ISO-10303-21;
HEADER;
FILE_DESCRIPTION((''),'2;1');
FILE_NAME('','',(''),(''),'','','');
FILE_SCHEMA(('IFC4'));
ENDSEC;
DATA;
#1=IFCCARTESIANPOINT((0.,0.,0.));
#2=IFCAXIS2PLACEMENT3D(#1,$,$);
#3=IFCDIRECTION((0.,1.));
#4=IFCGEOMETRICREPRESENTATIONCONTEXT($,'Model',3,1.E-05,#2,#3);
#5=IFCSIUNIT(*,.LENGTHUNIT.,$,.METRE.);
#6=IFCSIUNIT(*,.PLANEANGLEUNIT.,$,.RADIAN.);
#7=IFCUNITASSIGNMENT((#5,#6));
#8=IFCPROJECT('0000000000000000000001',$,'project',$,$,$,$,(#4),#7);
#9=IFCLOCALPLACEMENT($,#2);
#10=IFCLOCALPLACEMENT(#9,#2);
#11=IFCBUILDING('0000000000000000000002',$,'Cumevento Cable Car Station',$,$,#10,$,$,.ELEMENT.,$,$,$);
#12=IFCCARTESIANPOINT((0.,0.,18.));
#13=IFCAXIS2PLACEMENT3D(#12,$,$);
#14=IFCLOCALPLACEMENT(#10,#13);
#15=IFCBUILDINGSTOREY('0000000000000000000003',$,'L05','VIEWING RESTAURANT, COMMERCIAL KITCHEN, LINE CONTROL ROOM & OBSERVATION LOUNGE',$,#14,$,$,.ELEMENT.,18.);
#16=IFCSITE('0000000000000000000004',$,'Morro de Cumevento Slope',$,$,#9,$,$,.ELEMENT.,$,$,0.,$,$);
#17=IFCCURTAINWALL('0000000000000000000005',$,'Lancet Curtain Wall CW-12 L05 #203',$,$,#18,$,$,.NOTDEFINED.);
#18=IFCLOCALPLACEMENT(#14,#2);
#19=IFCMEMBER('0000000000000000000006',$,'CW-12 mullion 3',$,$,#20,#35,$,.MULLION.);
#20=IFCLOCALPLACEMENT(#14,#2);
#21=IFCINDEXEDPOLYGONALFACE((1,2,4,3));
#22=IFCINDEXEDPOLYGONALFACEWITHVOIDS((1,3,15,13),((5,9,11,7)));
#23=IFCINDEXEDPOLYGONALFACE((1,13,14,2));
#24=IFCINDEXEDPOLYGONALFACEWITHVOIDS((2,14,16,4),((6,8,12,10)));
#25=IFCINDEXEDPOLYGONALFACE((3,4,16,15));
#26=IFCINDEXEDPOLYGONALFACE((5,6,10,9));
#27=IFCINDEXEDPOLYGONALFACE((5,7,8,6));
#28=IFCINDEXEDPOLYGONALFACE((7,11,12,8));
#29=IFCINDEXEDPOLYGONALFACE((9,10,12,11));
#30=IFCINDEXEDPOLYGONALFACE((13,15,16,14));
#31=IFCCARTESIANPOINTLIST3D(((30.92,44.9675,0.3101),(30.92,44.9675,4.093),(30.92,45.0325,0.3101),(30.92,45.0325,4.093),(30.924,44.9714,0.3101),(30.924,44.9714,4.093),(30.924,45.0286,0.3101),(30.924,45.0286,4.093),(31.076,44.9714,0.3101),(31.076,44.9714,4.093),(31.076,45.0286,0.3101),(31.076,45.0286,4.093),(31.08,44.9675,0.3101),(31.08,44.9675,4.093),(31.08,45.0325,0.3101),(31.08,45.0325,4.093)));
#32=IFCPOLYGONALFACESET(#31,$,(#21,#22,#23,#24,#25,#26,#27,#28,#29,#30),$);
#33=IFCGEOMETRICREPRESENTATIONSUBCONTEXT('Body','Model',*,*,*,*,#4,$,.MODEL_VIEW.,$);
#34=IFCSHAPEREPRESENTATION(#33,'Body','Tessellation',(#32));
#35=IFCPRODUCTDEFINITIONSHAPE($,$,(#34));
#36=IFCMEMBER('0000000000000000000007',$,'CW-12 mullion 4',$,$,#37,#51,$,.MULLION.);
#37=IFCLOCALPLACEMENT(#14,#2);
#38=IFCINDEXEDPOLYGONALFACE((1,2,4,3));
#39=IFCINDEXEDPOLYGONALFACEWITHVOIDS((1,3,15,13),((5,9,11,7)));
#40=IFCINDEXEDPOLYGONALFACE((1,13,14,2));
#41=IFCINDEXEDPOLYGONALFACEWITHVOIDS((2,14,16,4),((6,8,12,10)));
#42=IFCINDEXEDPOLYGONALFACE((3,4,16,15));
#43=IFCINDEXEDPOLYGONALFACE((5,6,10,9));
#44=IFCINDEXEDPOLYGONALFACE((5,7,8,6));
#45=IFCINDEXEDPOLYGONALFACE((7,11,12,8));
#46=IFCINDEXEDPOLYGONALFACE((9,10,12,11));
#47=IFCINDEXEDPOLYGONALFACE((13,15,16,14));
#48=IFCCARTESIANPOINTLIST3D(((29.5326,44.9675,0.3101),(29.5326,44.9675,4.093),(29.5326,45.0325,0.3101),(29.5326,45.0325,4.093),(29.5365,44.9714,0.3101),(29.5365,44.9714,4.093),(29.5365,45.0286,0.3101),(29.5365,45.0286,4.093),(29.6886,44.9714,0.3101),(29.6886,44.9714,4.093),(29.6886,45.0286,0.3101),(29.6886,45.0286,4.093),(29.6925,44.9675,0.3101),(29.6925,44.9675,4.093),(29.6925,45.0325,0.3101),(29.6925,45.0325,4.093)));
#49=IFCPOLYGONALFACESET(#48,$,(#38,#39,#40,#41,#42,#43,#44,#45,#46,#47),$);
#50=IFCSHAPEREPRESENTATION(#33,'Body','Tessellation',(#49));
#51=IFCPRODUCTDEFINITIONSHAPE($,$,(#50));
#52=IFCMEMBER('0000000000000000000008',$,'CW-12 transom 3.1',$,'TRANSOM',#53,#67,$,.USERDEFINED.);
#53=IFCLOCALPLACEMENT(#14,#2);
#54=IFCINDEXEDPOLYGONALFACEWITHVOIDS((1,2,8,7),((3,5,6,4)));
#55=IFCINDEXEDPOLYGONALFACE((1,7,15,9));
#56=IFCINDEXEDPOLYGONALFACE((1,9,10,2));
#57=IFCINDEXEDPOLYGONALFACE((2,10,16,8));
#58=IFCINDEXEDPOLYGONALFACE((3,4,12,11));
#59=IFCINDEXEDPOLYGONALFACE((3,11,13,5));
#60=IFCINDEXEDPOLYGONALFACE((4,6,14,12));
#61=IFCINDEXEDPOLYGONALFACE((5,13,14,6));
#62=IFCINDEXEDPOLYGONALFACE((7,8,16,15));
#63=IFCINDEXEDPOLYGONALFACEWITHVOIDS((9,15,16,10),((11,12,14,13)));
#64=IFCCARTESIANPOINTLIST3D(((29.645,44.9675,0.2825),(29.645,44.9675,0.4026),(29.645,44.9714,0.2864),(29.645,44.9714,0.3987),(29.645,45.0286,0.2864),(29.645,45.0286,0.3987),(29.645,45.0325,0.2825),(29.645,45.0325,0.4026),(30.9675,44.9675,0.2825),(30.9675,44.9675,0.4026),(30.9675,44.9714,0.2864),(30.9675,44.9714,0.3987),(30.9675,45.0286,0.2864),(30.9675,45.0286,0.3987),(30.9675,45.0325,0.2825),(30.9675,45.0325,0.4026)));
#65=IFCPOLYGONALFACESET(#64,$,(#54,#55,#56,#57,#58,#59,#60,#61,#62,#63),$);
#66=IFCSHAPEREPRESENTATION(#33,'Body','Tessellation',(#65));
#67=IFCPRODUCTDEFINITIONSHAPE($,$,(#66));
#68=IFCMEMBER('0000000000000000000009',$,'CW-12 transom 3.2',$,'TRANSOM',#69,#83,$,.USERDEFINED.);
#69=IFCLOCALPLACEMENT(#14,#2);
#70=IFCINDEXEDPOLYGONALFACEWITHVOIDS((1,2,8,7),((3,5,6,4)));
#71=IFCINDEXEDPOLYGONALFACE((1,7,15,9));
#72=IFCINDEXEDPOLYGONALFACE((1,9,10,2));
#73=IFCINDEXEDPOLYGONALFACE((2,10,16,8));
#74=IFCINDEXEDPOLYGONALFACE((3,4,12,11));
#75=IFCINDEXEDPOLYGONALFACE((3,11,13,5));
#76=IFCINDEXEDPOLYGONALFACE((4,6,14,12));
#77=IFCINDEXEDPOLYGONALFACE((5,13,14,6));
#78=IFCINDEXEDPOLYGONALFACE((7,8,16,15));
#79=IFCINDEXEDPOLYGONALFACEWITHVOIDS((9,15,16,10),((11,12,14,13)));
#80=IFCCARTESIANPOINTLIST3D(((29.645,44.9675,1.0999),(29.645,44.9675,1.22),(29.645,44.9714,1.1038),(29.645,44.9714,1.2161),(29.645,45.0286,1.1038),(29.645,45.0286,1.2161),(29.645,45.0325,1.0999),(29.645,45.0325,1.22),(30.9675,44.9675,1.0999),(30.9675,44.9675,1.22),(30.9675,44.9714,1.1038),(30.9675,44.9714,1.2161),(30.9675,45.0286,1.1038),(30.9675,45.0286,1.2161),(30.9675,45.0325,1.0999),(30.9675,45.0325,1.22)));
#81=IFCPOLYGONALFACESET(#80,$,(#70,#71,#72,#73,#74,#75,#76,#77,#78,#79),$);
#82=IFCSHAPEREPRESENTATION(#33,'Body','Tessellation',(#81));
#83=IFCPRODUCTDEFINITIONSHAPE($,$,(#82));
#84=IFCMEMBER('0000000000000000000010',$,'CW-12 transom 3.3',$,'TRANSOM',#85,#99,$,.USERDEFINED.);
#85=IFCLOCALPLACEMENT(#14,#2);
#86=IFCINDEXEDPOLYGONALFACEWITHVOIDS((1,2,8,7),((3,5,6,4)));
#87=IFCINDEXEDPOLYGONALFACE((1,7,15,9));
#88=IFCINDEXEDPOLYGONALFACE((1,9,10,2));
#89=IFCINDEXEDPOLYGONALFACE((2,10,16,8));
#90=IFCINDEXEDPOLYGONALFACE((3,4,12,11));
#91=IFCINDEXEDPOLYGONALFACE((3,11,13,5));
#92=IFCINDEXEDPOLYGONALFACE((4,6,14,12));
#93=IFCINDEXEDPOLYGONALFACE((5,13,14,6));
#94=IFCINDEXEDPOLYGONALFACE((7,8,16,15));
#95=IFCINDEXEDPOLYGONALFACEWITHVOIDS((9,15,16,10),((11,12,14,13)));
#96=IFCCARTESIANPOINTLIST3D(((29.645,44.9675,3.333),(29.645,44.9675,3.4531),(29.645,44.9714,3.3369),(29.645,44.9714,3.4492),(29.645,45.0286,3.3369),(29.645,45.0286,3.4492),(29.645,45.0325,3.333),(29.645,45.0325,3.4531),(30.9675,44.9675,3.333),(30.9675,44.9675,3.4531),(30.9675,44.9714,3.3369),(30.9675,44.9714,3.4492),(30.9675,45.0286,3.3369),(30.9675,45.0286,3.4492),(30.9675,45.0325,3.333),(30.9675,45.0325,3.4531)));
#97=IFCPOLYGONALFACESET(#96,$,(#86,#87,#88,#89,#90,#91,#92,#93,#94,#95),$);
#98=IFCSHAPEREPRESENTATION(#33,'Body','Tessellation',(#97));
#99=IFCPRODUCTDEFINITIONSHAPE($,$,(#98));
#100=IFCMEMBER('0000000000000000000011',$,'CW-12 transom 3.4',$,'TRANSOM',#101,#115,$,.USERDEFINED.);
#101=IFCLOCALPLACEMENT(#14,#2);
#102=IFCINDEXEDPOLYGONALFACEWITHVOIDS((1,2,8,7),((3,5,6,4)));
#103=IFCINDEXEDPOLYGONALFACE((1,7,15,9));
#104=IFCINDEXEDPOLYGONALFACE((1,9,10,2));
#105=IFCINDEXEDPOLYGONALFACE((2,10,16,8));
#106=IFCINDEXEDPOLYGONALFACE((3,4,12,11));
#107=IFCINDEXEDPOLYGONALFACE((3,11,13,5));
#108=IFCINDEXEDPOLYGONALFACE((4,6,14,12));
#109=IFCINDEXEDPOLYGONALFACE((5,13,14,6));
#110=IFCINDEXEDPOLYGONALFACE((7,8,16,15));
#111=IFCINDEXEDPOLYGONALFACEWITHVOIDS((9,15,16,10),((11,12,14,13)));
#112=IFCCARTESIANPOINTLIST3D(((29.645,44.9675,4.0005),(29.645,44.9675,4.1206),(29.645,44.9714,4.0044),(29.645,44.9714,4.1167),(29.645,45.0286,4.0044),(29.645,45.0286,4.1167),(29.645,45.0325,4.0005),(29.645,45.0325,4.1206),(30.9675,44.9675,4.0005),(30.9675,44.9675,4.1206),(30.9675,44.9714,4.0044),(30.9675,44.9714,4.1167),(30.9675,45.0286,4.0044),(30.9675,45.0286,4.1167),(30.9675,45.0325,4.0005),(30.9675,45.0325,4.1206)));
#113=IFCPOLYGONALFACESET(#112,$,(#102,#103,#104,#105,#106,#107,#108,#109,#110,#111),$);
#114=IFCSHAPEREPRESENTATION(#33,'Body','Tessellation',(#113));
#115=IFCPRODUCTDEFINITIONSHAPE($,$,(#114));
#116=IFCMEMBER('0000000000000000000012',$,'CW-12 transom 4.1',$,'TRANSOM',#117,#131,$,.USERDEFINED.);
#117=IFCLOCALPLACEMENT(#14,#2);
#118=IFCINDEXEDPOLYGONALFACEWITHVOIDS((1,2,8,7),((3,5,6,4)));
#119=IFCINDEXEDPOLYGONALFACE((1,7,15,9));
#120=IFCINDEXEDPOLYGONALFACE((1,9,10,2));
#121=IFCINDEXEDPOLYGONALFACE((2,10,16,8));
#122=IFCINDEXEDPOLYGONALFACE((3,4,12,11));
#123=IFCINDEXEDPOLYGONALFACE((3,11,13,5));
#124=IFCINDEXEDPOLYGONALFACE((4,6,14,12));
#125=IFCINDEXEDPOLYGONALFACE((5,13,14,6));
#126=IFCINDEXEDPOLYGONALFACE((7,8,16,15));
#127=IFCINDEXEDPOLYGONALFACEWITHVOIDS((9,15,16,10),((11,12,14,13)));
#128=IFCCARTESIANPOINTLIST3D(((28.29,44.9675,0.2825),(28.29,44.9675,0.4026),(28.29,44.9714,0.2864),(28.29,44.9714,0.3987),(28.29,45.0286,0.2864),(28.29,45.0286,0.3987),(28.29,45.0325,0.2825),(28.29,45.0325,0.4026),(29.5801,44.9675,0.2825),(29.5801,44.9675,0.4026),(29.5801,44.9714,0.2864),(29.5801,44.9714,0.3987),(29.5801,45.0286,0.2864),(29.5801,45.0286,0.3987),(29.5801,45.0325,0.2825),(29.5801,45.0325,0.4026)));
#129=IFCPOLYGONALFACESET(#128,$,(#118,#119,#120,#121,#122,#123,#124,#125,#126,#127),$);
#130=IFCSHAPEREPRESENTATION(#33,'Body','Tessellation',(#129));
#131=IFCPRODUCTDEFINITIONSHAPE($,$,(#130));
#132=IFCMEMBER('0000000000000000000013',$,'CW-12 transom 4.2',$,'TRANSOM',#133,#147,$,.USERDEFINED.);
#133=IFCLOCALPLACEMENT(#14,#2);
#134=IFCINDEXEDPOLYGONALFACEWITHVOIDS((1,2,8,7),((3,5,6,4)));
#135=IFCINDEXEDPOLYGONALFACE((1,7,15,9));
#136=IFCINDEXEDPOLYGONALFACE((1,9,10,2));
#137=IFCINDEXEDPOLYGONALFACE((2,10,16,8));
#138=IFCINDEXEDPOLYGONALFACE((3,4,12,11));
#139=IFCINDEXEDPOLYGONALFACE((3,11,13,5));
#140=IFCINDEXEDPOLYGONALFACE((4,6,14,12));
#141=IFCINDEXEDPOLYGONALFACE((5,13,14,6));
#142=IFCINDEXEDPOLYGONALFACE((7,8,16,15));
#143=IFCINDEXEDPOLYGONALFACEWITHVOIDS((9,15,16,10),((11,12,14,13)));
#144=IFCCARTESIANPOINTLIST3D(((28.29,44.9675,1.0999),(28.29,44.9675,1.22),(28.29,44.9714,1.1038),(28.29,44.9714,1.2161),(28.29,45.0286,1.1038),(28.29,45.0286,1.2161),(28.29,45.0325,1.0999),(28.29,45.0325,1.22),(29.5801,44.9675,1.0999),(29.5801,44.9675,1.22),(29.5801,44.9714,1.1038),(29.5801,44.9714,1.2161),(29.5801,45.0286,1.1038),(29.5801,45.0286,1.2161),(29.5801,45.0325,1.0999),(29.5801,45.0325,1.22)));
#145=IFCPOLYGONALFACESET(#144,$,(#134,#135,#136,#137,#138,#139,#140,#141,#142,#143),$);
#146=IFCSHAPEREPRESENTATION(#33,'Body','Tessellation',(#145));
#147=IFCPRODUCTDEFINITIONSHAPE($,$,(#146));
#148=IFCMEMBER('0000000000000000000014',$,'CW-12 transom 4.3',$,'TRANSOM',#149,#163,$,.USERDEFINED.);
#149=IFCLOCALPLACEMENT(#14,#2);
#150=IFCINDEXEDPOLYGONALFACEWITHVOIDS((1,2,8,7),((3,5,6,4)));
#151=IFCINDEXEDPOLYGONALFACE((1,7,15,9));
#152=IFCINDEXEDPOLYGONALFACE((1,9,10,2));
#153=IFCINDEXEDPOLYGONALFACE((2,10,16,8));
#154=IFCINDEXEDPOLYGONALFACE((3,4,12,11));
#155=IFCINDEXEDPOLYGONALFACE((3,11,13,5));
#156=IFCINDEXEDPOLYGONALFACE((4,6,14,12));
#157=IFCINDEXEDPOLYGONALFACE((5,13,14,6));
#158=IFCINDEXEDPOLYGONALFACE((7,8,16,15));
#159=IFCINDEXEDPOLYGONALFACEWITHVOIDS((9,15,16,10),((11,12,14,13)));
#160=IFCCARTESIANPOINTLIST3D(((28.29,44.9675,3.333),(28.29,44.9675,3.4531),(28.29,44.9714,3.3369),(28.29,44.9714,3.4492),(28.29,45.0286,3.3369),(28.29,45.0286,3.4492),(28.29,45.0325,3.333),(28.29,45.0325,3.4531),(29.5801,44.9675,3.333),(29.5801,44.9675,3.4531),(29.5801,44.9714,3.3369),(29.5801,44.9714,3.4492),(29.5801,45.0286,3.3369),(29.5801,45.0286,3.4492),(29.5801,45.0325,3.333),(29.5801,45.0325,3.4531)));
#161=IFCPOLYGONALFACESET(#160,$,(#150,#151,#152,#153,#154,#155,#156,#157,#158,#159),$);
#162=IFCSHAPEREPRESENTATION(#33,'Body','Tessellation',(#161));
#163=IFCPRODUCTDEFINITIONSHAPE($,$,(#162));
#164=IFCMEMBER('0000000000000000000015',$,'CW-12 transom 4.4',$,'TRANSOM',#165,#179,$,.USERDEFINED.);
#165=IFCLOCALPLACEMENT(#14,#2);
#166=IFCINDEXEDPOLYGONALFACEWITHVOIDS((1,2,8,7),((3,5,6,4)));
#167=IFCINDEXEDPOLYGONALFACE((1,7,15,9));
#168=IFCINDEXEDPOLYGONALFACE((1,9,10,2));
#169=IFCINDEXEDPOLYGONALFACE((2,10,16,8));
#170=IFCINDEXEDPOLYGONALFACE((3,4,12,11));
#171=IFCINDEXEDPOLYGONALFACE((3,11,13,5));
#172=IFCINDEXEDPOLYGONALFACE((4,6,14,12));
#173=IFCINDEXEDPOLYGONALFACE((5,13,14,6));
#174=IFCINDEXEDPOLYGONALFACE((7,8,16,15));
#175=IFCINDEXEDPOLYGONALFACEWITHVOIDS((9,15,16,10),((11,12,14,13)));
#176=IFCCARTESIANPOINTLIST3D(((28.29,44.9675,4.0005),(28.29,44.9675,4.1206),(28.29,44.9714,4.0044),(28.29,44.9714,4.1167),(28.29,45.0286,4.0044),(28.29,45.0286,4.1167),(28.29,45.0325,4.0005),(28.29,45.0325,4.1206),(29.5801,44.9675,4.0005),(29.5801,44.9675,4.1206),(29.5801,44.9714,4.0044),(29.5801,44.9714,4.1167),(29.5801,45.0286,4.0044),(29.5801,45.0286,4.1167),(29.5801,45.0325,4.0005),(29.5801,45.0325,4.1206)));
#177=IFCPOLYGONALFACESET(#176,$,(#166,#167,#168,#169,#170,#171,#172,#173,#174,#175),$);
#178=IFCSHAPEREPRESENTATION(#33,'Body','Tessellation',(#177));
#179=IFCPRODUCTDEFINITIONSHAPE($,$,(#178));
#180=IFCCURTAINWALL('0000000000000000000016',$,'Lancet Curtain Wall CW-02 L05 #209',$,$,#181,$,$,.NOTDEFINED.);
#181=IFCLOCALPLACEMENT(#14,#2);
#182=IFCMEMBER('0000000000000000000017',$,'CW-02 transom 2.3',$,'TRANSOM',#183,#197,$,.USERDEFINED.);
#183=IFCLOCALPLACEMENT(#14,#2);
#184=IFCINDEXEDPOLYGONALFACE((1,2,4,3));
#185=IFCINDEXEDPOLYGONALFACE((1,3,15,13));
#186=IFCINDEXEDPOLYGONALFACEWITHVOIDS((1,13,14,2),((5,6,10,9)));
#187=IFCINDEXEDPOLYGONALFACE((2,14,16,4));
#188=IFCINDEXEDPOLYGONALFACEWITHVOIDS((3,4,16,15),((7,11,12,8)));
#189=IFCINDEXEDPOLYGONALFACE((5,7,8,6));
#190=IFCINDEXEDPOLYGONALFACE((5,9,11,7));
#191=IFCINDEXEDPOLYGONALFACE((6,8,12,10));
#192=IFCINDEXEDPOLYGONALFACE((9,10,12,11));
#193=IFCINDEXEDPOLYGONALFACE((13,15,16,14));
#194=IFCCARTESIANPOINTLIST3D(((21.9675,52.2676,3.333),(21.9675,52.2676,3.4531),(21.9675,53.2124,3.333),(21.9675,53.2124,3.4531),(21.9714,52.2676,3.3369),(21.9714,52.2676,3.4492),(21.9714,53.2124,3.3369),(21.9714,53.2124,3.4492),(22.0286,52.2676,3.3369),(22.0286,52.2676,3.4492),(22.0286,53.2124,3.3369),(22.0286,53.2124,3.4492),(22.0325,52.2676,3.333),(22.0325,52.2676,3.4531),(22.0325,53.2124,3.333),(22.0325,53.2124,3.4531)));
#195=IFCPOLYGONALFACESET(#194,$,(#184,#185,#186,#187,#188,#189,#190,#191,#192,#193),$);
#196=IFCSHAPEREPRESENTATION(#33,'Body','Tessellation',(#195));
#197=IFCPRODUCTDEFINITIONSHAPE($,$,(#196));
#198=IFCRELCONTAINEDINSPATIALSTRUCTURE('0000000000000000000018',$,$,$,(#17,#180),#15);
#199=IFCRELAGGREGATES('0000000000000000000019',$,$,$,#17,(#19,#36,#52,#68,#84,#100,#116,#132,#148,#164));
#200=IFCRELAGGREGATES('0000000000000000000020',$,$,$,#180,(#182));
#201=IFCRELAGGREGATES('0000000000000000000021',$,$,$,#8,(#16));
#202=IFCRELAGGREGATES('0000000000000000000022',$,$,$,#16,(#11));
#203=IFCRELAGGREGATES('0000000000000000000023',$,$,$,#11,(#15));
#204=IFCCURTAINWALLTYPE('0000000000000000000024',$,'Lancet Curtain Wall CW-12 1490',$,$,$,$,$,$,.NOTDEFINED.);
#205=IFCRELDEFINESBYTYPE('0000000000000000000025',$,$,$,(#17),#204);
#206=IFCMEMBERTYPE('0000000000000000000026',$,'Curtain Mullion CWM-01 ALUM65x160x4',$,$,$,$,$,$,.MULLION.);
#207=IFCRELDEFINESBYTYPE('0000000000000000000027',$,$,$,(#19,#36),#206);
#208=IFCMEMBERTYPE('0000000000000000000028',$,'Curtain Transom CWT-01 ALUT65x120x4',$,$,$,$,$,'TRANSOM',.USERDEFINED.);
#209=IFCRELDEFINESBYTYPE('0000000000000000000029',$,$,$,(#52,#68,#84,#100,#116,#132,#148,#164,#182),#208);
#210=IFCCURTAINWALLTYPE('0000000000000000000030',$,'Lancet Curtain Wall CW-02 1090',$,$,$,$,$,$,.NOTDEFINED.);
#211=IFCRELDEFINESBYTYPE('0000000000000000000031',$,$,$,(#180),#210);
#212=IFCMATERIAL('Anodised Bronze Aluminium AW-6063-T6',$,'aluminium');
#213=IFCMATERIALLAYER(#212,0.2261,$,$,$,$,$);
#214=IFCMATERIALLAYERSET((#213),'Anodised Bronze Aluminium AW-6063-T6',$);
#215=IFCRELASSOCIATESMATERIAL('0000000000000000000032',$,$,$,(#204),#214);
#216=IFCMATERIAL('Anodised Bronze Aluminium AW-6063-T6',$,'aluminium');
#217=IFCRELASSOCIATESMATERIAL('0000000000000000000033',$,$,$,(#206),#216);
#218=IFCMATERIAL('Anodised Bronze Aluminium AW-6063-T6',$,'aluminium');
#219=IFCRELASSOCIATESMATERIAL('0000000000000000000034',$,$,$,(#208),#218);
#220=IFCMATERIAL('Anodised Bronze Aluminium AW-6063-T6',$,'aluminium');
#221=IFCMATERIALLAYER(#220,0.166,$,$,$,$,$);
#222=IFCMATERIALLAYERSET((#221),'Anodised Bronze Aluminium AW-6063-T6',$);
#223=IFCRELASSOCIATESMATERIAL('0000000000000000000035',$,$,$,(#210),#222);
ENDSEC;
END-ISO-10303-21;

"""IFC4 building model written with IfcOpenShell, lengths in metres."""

from ifc_helpers import new_model, si_unit, direction, frame, origin, origin_2d, place, context, subcontext, project, spatial, hollow_rectangle, extrude, material, layer, layer_set, material_profile, profile_set, type_object, element, aggregate, save


model = new_model("IFC4")

# Units and contexts
model_context = context("Model", 3, precision=1e-05, world=origin(), true_north=direction((0.0, 1.0)))
body_context = subcontext(model_context, "Body", "Model", "MODEL_VIEW")
ifc_project = project(units=[si_unit("LENGTHUNIT", "METRE"), si_unit("PLANEANGLEUNIT", "RADIAN")], contexts=[model_context])

# Site, building, storey
site_placement = place(None, origin())
site = spatial("IfcSite", under=ifc_project, at=site_placement, Name="Morro de Cumevento Slope", CompositionType="ELEMENT", RefElevation=0.0)
building_placement = place(site_placement, origin())
building = spatial("IfcBuilding", under=site, at=building_placement, Name="Cumevento Cable Car Station", CompositionType="ELEMENT")
storey_placement = place(building_placement, frame((0.0, 0.0, 18.0)))
storey = spatial("IfcBuildingStorey", under=building, at=storey_placement, Name="L05", Description="VIEWING RESTAURANT, COMMERCIAL KITCHEN, LINE CONTROL ROOM & OBSERVATION LOUNGE", CompositionType="ELEMENT", Elevation=18.0)

# Curtain walls, members
ifc_material_1 = material(Name="Anodised Bronze Aluminium AW-6063-T6", Category="aluminium")
ifc_layer_1 = layer(ifc_material_1, 0.2261)
ifc_layer_set_1 = layer_set([ifc_layer_1], Name="Anodised Bronze Aluminium AW-6063-T6")
curtain_wall_type_1 = type_object("IfcCurtainWallType", Name="Lancet Curtain Wall CW-12 1490", PredefinedType="NOTDEFINED", material=ifc_layer_set_1)
curtain_wall_1_placement = place(storey_placement, origin())
curtain_wall_1 = element("IfcCurtainWall", 1, at=curtain_wall_1_placement, inside=storey, type_object=curtain_wall_type_1, Name="Lancet Curtain Wall CW-12 L05 #203", PredefinedType="NOTDEFINED")
ifc_material_2 = material(Name="Anodised Bronze Aluminium AW-6063-T6", Category="aluminium")
ifc_material_profile_1 = material_profile(ifc_material_2, hollow_rectangle(XDim=0.0649, YDim=0.1599, WallThickness=0.0039, at=origin_2d()), Name="ALUM65x160x4")
ifc_profile_set_1 = profile_set([ifc_material_profile_1], Name="Anodised Bronze Aluminium AW-6063-T6")
member_type_1 = type_object("IfcMemberType", Name="Curtain Mullion CWM-01 ALUM65x160x4", PredefinedType="MULLION", material=ifc_profile_set_1)
member_1_placement = place(storey_placement, frame((31.0, 45.0, 0.3101), z_axis=(0.0, 0.0, 1.0), x_axis=(0.0, -1.0, 0.0)))
member_1 = element("IfcMember", 2, at=member_1_placement, type_object=member_type_1, Name="CW-12 mullion 3", PredefinedType="MULLION", context=body_context, shape_type="SweptSolid", body=[
    extrude(hollow_rectangle(XDim=0.0649, YDim=0.1599, WallThickness=0.0039, at=origin_2d()), origin(), (0.0, 0.0, 1.0), 3.783),
])
member_2_placement = place(storey_placement, frame((29.6125, 45.0, 0.3101), z_axis=(0.0, 0.0, 1.0), x_axis=(0.0, -1.0, 0.0)))
member_2 = element("IfcMember", 3, at=member_2_placement, type_object=member_type_1, Name="CW-12 mullion 4", PredefinedType="MULLION", context=body_context, shape_type="SweptSolid", body=[
    extrude(hollow_rectangle(XDim=0.0649, YDim=0.1599, WallThickness=0.0039, at=origin_2d()), origin(), (0.0, 0.0, 1.0), 3.783),
])
ifc_material_3 = material(Name="Anodised Bronze Aluminium AW-6063-T6", Category="aluminium")
ifc_material_profile_2 = material_profile(ifc_material_3, hollow_rectangle(XDim=0.0649, YDim=0.1201, WallThickness=0.0039, at=origin_2d()), Name="ALUT65x120x4")
ifc_profile_set_2 = profile_set([ifc_material_profile_2], Name="Anodised Bronze Aluminium AW-6063-T6")
member_type_2 = type_object("IfcMemberType", Name="Curtain Transom CWT-01 ALUT65x120x4", ElementType="TRANSOM", PredefinedType="USERDEFINED", material=ifc_profile_set_2)
member_3_placement = place(storey_placement, frame((30.9675, 45.0, 0.3425), z_axis=(-1.0, 0.0, 0.0), x_axis=(0.0, -1.0, 0.0)))
member_3 = element("IfcMember", 4, at=member_3_placement, type_object=member_type_2, Name="CW-12 transom 3.1", ObjectType="TRANSOM", PredefinedType="USERDEFINED", context=body_context, shape_type="SweptSolid", body=[
    extrude(hollow_rectangle(XDim=0.0649, YDim=0.1201, WallThickness=0.0039, at=origin_2d()), origin(), (0.0, 0.0, 1.0), 1.3225),
])
member_4_placement = place(storey_placement, frame((30.9675, 45.0, 1.1599), z_axis=(-1.0, 0.0, 0.0), x_axis=(0.0, -1.0, 0.0)))
member_4 = element("IfcMember", 5, at=member_4_placement, type_object=member_type_2, Name="CW-12 transom 3.2", ObjectType="TRANSOM", PredefinedType="USERDEFINED", context=body_context, shape_type="SweptSolid", body=[
    extrude(hollow_rectangle(XDim=0.0649, YDim=0.1201, WallThickness=0.0039, at=origin_2d()), origin(), (0.0, 0.0, 1.0), 1.3225),
])
member_5_placement = place(storey_placement, frame((30.9675, 45.0, 3.3931), z_axis=(-1.0, 0.0, 0.0), x_axis=(0.0, -1.0, 0.0)))
member_5 = element("IfcMember", 6, at=member_5_placement, type_object=member_type_2, Name="CW-12 transom 3.3", ObjectType="TRANSOM", PredefinedType="USERDEFINED", context=body_context, shape_type="SweptSolid", body=[
    extrude(hollow_rectangle(XDim=0.0649, YDim=0.1201, WallThickness=0.0039, at=origin_2d()), origin(), (0.0, 0.0, 1.0), 1.3225),
])
member_6_placement = place(storey_placement, frame((30.9675, 45.0, 4.0605), z_axis=(-1.0, 0.0, 0.0), x_axis=(0.0, -1.0, 0.0)))
member_6 = element("IfcMember", 7, at=member_6_placement, type_object=member_type_2, Name="CW-12 transom 3.4", ObjectType="TRANSOM", PredefinedType="USERDEFINED", context=body_context, shape_type="SweptSolid", body=[
    extrude(hollow_rectangle(XDim=0.0649, YDim=0.1201, WallThickness=0.0039, at=origin_2d()), origin(), (0.0, 0.0, 1.0), 1.3225),
])
member_7_placement = place(storey_placement, frame((29.5801, 45.0, 0.3425), z_axis=(-1.0, 0.0, 0.0), x_axis=(0.0, -1.0, 0.0)))
member_7 = element("IfcMember", 8, at=member_7_placement, type_object=member_type_2, Name="CW-12 transom 4.1", ObjectType="TRANSOM", PredefinedType="USERDEFINED", context=body_context, shape_type="SweptSolid", body=[
    extrude(hollow_rectangle(XDim=0.0649, YDim=0.1201, WallThickness=0.0039, at=origin_2d()), origin(), (0.0, 0.0, 1.0), 1.29),
])
member_8_placement = place(storey_placement, frame((29.5801, 45.0, 1.1599), z_axis=(-1.0, 0.0, 0.0), x_axis=(0.0, -1.0, 0.0)))
member_8 = element("IfcMember", 9, at=member_8_placement, type_object=member_type_2, Name="CW-12 transom 4.2", ObjectType="TRANSOM", PredefinedType="USERDEFINED", context=body_context, shape_type="SweptSolid", body=[
    extrude(hollow_rectangle(XDim=0.0649, YDim=0.1201, WallThickness=0.0039, at=origin_2d()), origin(), (0.0, 0.0, 1.0), 1.29),
])
member_9_placement = place(storey_placement, frame((29.5801, 45.0, 3.3931), z_axis=(-1.0, 0.0, 0.0), x_axis=(0.0, -1.0, 0.0)))
member_9 = element("IfcMember", 10, at=member_9_placement, type_object=member_type_2, Name="CW-12 transom 4.3", ObjectType="TRANSOM", PredefinedType="USERDEFINED", context=body_context, shape_type="SweptSolid", body=[
    extrude(hollow_rectangle(XDim=0.0649, YDim=0.1201, WallThickness=0.0039, at=origin_2d()), origin(), (0.0, 0.0, 1.0), 1.29),
])
member_10_placement = place(storey_placement, frame((29.5801, 45.0, 4.0605), z_axis=(-1.0, 0.0, 0.0), x_axis=(0.0, -1.0, 0.0)))
member_10 = element("IfcMember", 11, at=member_10_placement, type_object=member_type_2, Name="CW-12 transom 4.4", ObjectType="TRANSOM", PredefinedType="USERDEFINED", context=body_context, shape_type="SweptSolid", body=[
    extrude(hollow_rectangle(XDim=0.0649, YDim=0.1201, WallThickness=0.0039, at=origin_2d()), origin(), (0.0, 0.0, 1.0), 1.29),
])
ifc_material_4 = material(Name="Anodised Bronze Aluminium AW-6063-T6", Category="aluminium")
ifc_layer_2 = layer(ifc_material_4, 0.166)
ifc_layer_set_2 = layer_set([ifc_layer_2], Name="Anodised Bronze Aluminium AW-6063-T6")
curtain_wall_type_2 = type_object("IfcCurtainWallType", Name="Lancet Curtain Wall CW-02 1090", PredefinedType="NOTDEFINED", material=ifc_layer_set_2)
curtain_wall_2_placement = place(storey_placement, origin())
curtain_wall_2 = element("IfcCurtainWall", 12, at=curtain_wall_2_placement, inside=storey, type_object=curtain_wall_type_2, Name="Lancet Curtain Wall CW-02 L05 #209", PredefinedType="NOTDEFINED")
member_11_placement = place(storey_placement, frame((22.0, 52.2676, 3.3931), z_axis=(0.0, 1.0, 0.0), x_axis=(-1.0, 0.0, 0.0)))
member_11 = element("IfcMember", 13, at=member_11_placement, type_object=member_type_2, Name="CW-02 transom 2.3", ObjectType="TRANSOM", PredefinedType="USERDEFINED", context=body_context, shape_type="SweptSolid", body=[
    extrude(hollow_rectangle(XDim=0.0649, YDim=0.1201, WallThickness=0.0039, at=origin_2d()), origin(), (0.0, 0.0, 1.0), 0.9448),
])

aggregate(curtain_wall_1, [member_1, member_2, member_3, member_4, member_5, member_6, member_7, member_8, member_9, member_10])
aggregate(curtain_wall_2, [member_11])

save(model, "model.ifc")
